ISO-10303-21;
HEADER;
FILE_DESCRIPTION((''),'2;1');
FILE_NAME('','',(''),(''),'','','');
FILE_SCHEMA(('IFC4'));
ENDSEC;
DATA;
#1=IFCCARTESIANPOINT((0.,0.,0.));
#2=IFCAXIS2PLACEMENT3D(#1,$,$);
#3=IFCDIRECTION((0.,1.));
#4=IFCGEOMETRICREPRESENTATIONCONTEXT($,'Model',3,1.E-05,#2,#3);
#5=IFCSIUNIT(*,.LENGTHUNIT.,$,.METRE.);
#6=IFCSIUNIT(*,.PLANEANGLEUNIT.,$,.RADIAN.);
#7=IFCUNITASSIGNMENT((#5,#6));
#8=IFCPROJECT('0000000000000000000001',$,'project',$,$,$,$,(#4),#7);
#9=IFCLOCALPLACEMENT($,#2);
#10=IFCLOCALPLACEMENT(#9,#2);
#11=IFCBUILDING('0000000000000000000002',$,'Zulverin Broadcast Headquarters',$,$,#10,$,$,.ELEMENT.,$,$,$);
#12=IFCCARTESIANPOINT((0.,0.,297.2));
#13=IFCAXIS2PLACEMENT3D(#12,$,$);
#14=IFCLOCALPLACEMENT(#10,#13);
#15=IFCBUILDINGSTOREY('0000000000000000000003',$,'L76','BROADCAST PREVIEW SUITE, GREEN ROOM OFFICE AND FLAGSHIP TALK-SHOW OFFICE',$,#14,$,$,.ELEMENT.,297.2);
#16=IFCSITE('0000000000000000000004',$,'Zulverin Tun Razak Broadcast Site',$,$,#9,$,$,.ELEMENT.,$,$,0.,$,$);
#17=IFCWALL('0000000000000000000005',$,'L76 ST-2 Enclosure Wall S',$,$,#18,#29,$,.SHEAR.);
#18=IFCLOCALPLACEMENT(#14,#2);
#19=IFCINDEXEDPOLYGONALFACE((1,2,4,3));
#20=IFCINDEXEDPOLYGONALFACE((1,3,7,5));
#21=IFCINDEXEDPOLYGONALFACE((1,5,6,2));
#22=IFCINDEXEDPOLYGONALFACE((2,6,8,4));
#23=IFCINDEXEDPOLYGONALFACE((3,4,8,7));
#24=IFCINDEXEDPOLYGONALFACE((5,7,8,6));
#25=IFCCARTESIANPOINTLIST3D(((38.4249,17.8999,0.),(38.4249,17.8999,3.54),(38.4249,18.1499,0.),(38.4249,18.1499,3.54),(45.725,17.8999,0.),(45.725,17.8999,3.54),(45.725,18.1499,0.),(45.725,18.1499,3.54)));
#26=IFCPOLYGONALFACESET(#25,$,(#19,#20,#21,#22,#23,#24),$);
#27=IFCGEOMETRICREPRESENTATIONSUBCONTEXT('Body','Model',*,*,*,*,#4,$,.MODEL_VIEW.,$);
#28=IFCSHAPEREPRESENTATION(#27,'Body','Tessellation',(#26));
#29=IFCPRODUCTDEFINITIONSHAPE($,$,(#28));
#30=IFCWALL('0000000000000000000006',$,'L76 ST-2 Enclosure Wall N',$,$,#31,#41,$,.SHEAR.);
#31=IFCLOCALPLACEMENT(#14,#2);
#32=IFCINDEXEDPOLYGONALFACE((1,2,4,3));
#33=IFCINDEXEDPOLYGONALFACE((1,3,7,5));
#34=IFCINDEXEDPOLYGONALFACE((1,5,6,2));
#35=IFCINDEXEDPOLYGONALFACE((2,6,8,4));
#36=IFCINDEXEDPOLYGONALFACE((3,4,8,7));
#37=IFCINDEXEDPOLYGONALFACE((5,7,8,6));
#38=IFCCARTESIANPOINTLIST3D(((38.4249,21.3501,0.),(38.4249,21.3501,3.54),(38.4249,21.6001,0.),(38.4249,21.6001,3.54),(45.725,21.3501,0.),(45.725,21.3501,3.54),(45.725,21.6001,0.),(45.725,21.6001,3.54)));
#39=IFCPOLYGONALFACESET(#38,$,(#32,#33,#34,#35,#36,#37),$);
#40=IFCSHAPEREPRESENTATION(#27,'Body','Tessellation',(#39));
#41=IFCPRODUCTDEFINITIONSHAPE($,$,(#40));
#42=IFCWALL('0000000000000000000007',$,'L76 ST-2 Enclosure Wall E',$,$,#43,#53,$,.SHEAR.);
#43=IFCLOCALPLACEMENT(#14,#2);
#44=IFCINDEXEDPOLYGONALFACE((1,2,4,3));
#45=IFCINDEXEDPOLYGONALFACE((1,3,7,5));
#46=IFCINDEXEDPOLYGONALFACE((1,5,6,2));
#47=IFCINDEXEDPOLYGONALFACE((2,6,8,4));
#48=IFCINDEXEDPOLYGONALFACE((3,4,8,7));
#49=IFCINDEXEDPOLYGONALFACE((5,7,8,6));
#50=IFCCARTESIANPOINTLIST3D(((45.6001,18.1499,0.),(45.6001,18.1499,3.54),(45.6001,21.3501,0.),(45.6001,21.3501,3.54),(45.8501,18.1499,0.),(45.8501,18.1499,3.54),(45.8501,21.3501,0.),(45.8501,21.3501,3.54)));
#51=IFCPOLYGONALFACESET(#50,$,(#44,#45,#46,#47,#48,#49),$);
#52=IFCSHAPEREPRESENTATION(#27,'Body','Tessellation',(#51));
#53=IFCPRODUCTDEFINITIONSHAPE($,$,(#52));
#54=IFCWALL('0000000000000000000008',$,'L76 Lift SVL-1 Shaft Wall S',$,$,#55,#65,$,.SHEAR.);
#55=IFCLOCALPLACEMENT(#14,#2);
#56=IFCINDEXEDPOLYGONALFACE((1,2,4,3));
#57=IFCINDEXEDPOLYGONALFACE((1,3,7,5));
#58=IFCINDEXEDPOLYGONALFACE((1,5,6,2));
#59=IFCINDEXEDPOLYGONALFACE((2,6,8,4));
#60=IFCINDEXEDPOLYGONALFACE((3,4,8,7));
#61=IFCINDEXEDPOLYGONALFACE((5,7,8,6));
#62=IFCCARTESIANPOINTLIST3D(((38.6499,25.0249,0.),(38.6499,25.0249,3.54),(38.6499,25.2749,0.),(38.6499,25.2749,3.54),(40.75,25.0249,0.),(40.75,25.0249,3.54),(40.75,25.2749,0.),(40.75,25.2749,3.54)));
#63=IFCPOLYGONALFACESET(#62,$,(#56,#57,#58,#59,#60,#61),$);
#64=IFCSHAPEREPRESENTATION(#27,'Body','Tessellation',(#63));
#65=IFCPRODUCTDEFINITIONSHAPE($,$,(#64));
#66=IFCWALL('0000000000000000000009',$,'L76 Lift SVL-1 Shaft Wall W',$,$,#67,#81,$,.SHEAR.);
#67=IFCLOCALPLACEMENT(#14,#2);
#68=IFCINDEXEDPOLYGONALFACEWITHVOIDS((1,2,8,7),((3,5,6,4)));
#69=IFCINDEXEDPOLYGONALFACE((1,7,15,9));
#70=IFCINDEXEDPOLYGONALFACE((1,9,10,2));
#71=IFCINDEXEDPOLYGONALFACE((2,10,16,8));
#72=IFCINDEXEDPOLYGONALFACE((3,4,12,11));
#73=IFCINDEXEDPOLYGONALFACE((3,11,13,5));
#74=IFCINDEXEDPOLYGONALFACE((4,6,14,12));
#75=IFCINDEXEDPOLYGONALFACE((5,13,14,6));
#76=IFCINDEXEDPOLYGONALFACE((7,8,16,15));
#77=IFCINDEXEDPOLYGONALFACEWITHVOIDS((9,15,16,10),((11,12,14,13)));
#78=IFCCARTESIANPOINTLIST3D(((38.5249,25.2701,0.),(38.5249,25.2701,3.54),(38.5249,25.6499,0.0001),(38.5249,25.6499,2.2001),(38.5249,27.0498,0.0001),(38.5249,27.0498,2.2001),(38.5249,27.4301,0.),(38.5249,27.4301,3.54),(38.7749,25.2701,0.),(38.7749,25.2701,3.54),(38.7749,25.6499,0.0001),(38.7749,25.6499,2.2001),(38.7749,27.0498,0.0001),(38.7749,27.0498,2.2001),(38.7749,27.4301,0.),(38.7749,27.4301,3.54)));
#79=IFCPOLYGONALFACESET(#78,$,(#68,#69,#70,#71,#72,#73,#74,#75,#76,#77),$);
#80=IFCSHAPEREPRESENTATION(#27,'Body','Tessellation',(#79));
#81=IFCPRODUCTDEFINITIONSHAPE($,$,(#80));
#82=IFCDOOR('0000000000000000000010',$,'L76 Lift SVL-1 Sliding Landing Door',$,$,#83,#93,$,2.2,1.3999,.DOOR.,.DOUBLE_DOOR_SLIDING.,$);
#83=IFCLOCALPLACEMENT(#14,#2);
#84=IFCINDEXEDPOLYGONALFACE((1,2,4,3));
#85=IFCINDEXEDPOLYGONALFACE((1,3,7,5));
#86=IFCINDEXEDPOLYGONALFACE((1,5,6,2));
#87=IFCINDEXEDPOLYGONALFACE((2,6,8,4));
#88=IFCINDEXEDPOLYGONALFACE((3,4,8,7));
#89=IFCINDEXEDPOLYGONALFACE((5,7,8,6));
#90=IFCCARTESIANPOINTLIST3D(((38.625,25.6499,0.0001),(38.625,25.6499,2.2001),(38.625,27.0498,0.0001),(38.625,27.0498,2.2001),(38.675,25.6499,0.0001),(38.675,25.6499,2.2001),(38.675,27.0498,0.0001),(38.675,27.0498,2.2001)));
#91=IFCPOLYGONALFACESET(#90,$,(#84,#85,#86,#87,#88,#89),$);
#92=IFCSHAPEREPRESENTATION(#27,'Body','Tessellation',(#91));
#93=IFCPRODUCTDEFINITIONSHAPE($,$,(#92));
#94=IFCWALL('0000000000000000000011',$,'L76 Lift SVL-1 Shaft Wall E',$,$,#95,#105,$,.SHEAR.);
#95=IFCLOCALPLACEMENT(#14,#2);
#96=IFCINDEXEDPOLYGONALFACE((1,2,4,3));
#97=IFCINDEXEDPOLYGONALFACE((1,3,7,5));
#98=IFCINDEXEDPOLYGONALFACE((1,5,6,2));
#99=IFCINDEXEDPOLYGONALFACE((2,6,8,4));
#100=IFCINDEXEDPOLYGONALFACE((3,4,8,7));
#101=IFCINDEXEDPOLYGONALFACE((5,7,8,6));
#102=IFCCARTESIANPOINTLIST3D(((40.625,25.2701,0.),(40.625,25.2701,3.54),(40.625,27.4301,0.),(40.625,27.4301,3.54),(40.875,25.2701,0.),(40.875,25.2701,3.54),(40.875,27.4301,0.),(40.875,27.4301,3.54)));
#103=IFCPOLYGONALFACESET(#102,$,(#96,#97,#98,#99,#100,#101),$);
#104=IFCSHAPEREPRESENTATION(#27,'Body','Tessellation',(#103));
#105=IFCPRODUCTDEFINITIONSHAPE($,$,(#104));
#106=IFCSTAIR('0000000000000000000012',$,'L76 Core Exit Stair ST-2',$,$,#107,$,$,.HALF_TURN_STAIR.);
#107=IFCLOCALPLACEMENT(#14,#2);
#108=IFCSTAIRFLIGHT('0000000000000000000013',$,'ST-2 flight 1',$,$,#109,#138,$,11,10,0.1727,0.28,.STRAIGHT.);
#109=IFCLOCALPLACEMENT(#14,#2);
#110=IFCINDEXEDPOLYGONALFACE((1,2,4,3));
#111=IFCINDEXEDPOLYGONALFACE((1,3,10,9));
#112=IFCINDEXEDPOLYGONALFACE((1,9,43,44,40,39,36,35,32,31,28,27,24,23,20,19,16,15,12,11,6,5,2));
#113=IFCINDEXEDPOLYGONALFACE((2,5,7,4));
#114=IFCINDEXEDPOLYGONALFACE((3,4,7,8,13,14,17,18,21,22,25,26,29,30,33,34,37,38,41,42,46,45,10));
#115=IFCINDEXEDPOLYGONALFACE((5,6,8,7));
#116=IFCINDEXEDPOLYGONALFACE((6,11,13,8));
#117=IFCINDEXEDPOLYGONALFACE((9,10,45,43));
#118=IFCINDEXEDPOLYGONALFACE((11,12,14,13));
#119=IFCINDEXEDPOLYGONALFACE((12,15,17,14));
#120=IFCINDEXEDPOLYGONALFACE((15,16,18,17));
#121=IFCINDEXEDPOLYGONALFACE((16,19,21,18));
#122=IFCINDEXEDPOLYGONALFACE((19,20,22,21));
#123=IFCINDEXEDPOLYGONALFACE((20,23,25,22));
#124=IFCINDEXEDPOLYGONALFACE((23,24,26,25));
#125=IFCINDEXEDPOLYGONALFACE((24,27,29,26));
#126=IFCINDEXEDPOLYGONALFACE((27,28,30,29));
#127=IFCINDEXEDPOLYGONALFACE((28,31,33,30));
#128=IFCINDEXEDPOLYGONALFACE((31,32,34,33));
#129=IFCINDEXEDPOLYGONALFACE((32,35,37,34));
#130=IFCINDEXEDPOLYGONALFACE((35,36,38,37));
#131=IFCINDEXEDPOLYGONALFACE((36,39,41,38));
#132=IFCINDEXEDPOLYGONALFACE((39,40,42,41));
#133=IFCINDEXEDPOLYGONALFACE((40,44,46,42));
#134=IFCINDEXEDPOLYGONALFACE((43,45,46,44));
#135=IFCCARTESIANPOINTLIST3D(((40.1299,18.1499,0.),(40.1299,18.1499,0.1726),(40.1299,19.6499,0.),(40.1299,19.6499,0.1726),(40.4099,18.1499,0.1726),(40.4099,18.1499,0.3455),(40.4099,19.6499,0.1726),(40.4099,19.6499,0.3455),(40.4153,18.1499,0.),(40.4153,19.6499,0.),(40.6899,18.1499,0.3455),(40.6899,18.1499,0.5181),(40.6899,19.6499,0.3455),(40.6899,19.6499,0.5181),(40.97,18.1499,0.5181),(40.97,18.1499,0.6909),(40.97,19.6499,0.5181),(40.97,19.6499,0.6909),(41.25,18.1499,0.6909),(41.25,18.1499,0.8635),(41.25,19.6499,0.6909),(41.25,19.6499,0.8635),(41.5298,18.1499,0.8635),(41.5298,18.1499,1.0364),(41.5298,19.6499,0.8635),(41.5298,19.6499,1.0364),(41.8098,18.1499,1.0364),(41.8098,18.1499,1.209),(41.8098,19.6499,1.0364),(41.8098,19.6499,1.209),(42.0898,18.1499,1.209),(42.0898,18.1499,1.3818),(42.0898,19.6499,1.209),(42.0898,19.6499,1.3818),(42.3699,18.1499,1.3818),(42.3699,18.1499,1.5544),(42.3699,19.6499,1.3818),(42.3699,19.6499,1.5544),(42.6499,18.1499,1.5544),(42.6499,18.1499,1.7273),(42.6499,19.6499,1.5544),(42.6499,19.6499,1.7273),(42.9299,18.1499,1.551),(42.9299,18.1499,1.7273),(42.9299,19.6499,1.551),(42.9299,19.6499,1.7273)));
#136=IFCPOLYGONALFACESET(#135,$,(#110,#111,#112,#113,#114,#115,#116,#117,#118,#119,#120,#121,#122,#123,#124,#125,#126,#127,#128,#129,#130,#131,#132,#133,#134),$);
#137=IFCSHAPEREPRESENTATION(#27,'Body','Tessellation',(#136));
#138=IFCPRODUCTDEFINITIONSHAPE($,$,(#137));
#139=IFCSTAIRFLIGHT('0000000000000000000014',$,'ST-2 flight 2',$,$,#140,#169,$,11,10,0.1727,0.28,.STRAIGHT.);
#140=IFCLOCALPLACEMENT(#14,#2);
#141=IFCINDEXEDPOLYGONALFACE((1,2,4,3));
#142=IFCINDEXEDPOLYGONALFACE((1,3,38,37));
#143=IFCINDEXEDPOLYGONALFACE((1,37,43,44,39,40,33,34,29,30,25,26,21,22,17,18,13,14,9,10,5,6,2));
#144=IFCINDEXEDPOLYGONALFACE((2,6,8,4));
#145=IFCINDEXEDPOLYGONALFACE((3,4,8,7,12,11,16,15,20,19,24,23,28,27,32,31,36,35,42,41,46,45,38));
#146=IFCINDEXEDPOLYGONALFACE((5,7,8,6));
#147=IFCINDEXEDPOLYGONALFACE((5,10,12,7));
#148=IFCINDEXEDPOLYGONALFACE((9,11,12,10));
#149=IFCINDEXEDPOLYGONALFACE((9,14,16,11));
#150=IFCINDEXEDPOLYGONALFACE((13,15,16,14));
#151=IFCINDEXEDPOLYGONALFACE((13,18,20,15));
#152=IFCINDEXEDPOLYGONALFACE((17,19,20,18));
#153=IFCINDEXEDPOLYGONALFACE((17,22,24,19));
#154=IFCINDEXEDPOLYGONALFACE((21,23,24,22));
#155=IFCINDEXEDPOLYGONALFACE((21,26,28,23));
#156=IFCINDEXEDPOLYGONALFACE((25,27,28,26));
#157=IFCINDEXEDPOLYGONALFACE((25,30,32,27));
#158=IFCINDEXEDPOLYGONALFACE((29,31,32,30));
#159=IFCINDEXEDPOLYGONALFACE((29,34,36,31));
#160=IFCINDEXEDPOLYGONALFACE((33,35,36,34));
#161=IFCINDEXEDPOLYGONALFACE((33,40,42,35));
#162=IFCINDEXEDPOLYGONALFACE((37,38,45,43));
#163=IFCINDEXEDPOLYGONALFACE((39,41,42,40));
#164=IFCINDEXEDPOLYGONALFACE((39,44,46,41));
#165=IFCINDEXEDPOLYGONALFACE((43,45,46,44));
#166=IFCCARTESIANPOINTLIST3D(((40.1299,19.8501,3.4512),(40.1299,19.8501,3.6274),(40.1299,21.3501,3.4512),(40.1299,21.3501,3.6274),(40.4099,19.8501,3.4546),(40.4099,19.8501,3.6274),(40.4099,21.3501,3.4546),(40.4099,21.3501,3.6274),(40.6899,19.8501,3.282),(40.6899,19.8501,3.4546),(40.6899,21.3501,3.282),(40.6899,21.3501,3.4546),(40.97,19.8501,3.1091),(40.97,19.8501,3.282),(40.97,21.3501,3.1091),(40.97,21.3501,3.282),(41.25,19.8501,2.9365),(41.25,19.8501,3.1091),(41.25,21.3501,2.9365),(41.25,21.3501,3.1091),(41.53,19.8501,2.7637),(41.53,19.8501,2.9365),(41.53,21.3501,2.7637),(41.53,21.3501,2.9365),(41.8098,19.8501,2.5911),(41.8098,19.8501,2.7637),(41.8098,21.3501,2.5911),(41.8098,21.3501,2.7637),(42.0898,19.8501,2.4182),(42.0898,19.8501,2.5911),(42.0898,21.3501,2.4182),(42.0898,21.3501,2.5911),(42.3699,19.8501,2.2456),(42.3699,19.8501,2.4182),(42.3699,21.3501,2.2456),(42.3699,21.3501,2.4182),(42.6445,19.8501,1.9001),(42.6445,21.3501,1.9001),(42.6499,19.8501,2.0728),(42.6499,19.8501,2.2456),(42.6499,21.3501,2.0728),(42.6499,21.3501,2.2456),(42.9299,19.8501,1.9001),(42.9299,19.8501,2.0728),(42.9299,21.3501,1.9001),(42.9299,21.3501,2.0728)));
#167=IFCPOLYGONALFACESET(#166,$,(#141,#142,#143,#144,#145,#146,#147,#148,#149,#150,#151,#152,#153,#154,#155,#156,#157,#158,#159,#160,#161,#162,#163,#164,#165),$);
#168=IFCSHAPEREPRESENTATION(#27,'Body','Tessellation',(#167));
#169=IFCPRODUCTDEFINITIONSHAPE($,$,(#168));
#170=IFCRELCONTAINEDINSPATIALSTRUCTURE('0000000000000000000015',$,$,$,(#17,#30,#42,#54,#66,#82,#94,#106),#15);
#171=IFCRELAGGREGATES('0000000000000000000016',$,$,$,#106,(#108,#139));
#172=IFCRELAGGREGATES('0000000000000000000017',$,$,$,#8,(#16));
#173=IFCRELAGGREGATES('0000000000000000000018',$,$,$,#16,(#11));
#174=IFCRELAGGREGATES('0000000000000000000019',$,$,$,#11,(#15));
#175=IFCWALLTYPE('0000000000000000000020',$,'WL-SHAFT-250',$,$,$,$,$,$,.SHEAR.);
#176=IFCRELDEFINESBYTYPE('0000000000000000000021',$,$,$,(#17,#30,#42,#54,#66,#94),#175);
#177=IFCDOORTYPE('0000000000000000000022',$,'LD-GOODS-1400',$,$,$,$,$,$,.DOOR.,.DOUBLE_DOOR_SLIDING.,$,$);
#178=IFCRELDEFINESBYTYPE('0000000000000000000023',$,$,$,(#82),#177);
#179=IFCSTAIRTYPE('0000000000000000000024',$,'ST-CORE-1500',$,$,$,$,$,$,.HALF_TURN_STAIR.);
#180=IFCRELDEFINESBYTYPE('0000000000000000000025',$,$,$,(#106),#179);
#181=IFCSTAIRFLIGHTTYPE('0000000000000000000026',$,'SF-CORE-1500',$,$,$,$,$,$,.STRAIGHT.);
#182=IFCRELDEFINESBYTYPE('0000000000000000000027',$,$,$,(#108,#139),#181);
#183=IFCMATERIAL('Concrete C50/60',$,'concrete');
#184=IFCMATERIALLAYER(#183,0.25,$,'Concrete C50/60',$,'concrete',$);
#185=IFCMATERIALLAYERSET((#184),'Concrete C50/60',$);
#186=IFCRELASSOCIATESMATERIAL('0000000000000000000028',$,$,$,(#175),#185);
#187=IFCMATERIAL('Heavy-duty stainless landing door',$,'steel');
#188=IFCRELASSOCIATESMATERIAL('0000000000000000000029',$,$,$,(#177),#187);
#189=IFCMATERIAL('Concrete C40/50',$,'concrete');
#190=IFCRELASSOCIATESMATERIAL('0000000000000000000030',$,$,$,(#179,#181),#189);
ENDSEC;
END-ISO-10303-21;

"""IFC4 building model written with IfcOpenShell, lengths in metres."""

from ifc_helpers import new_model, si_unit, direction, frame, frame_2d, origin, place, context, subcontext, project, spatial, polyline, rectangle, outline, extrude, material, layer, layer_set, type_object, element, fill, aggregate, save


model = new_model("IFC4")

# Units and contexts
model_context = context("Model", 3, precision=1e-05, world=origin(), true_north=direction((0.0, 1.0)))
body_context = subcontext(model_context, "Body", "Model", "MODEL_VIEW")
ifc_project = project(units=[si_unit("LENGTHUNIT", "METRE"), si_unit("PLANEANGLEUNIT", "RADIAN")], contexts=[model_context])

# Site, building, storey
site_placement = place(None, origin())
site = spatial("IfcSite", under=ifc_project, at=site_placement, Name="Zulverin Tun Razak Broadcast Site", CompositionType="ELEMENT", RefElevation=0.0)
building_placement = place(site_placement, origin())
building = spatial("IfcBuilding", under=site, at=building_placement, Name="Zulverin Broadcast Headquarters", CompositionType="ELEMENT")
storey_placement = place(building_placement, frame((0.0, 0.0, 297.2)))
storey = spatial("IfcBuildingStorey", under=building, at=storey_placement, Name="L76", Description="BROADCAST PREVIEW SUITE, GREEN ROOM OFFICE AND FLAGSHIP TALK-SHOW OFFICE", CompositionType="ELEMENT", Elevation=297.2)

# Shared definitions
ifc_material_1 = material(Name="Concrete C50/60", Category="concrete")

# Shared definitions
ifc_material_2 = material(Name="Concrete C40/50", Category="concrete")

# Walls
ifc_layer_1 = layer(ifc_material_1, 0.25, Name="Concrete C50/60", Category="concrete")
ifc_layer_set_1 = layer_set([ifc_layer_1], Name="Concrete C50/60")
wall_type_1 = type_object("IfcWallType", Name="WL-SHAFT-250", PredefinedType="SHEAR", material=ifc_layer_set_1)
for number, where, z_axis, x_axis, name in (
    (1, (38.425, 18.0249, 0.0), (0.0, 0.0, 1.0), (1.0, 0.0, 0.0), "L76 ST-2 Enclosure Wall S"),
    (2, (38.425, 21.4751, 0.0), (0.0, 0.0, 1.0), (1.0, 0.0, 0.0), "L76 ST-2 Enclosure Wall N"),
):
    element("IfcWall", number, at=place(storey_placement, frame(where, z_axis=z_axis, x_axis=x_axis)), inside=storey, type_object=wall_type_1, Name=name, PredefinedType="SHEAR", context=body_context, shape_type="SweptSolid", body=[
        extrude(rectangle(XDim=7.3, YDim=0.25, at=frame_2d((3.6499, 0.0))), origin(), (0.0, 0.0, 1.0), 3.54),
    ])

# Wall
wall_1_placement = place(storey_placement, frame((45.7251, 18.1499, 0.0), z_axis=(0.0, 0.0, 1.0), x_axis=(0.0, 1.0, 0.0)))
element("IfcWall", 3, at=wall_1_placement, inside=storey, type_object=wall_type_1, Name="L76 ST-2 Enclosure Wall E", PredefinedType="SHEAR", context=body_context, shape_type="SweptSolid", body=[
    extrude(rectangle(XDim=3.2002, YDim=0.25, at=frame_2d((1.6001, 0.0))), origin(), (0.0, 0.0, 1.0), 3.54),
])

# Wall
wall_2_placement = place(storey_placement, frame((38.6499, 25.1499, 0.0), z_axis=(0.0, 0.0, 1.0), x_axis=(1.0, 0.0, 0.0)))
element("IfcWall", 4, at=wall_2_placement, inside=storey, type_object=wall_type_1, Name="L76 Lift SVL-1 Shaft Wall S", PredefinedType="SHEAR", context=body_context, shape_type="SweptSolid", body=[
    extrude(rectangle(XDim=2.1001, YDim=0.25, at=frame_2d((1.05, 0.0))), origin(), (0.0, 0.0, 1.0), 3.54),
])

# Wall, opening, door
wall_3_placement = place(storey_placement, frame((38.6499, 25.27, 0.0), z_axis=(0.0, 0.0, 1.0), x_axis=(0.0, 1.0, 0.0)))
wall_3 = element("IfcWall", 5, at=wall_3_placement, inside=storey, type_object=wall_type_1, Name="L76 Lift SVL-1 Shaft Wall W", PredefinedType="SHEAR", context=body_context, shape_type="SweptSolid", body=[
    extrude(rectangle(XDim=2.1599, YDim=0.25, at=frame_2d((1.0801, 0.0))), origin(), (0.0, 0.0, 1.0), 3.54),
])
opening_1_placement = place(wall_3_placement, frame((0.3799, 0.0, 0.0)))
opening_1 = element("IfcOpeningElement", 6, at=opening_1_placement, cuts=wall_3, PredefinedType="OPENING", context=body_context, shape_type="SweptSolid", body=[
    extrude(rectangle(XDim=1.3999, YDim=2.2, at=frame_2d((0.7, 1.1001))), frame((0.0, 0.135, 0.0), z_axis=(0.0, -1.0, 0.0), x_axis=(1.0, 0.0, 0.0)), (0.0, 0.0, 1.0), 0.27),
])
ifc_material_3 = material(Name="Heavy-duty stainless landing door", Category="steel")
door_type_1 = type_object("IfcDoorType", Name="LD-GOODS-1400", OperationType="DOUBLE_DOOR_SLIDING", PredefinedType="DOOR", material=ifc_material_3)
door_1_placement = place(opening_1_placement, origin())
door_1 = element("IfcDoor", 7, at=door_1_placement, inside=storey, type_object=door_type_1, Name="L76 Lift SVL-1 Sliding Landing Door", OperationType="DOUBLE_DOOR_SLIDING", OverallHeight=2.2, OverallWidth=1.3999, PredefinedType="DOOR", context=body_context, shape_type="SweptSolid", body=[
    extrude(rectangle(XDim=1.3999, YDim=2.2, at=frame_2d((0.7, 1.1001))), frame((0.0, 0.0249, 0.0), z_axis=(0.0, -1.0, 0.0), x_axis=(1.0, 0.0, 0.0)), (0.0, 0.0, 1.0), 0.05),
])
fill(opening_1, door_1)

# Wall
wall_4_placement = place(storey_placement, frame((40.75, 25.27, 0.0), z_axis=(0.0, 0.0, 1.0), x_axis=(0.0, 1.0, 0.0)))
element("IfcWall", 8, at=wall_4_placement, inside=storey, type_object=wall_type_1, Name="L76 Lift SVL-1 Shaft Wall E", PredefinedType="SHEAR", context=body_context, shape_type="SweptSolid", body=[
    extrude(rectangle(XDim=2.1599, YDim=0.25, at=frame_2d((1.0801, 0.0))), origin(), (0.0, 0.0, 1.0), 3.54),
])

# Stair, stair flights
stair_type = type_object("IfcStairType", Name="ST-CORE-1500", PredefinedType="HALF_TURN_STAIR", material=ifc_material_2)
stair_placement = place(storey_placement, origin())
stair = element("IfcStair", 9, at=stair_placement, inside=storey, type_object=stair_type, Name="L76 Core Exit Stair ST-2", PredefinedType="HALF_TURN_STAIR")
stair_flight_type = type_object("IfcStairFlightType", Name="SF-CORE-1500", PredefinedType="STRAIGHT", material=ifc_material_2)
stair_flight_1_placement = place(storey_placement, frame((40.1299, 18.8999, 0.0), z_axis=(0.0, 0.0, 1.0), x_axis=(1.0, 0.0, 0.0)))
stair_flight_1 = element("IfcStairFlight", 10, at=stair_flight_1_placement, type_object=stair_flight_type, Name="ST-2 flight 1", NumberOfRisers=11, NumberOfTreads=10, PredefinedType="STRAIGHT", RiserHeight=0.1727, TreadLength=0.28, context=body_context, shape_type="SweptSolid", body=[
    extrude(outline(polyline([(0.0, 0.0), (0.0, 0.1726), (0.28, 0.1726), (0.28, 0.3455), (0.5601, 0.3455), (0.5601, 0.5181), (0.8401, 0.5181), (0.8401, 0.6909), (1.1201, 0.6909), (1.1201, 0.8635), (1.3999, 0.8635), (1.3999, 1.0364), (1.6799, 1.0364), (1.6799, 1.209), (1.96, 1.209), (1.96, 1.3818), (2.24, 1.3818), (2.24, 1.5544), (2.52, 1.5544), (2.52, 1.7273), (2.8, 1.7273), (2.8, 1.8999), (2.8, 1.551), (0.2854, 0.0), (0.0, 0.0)])), frame((0.0, 0.75, 0.0), z_axis=(0.0, -1.0, 0.0), x_axis=(1.0, 0.0, 0.0)), (0.0, 0.0, 1.0), 1.5),
])
stair_flight_2_placement = place(storey_placement, frame((42.9299, 20.6001, 1.9001), z_axis=(0.0, 0.0, 1.0), x_axis=(-1.0, 0.0, 0.0)))
stair_flight_2 = element("IfcStairFlight", 11, at=stair_flight_2_placement, type_object=stair_flight_type, Name="ST-2 flight 2", NumberOfRisers=11, NumberOfTreads=10, PredefinedType="STRAIGHT", RiserHeight=0.1727, TreadLength=0.28, context=body_context, shape_type="SweptSolid", body=[
    extrude(outline(polyline([(0.0, 0.0), (0.0, 0.1726), (0.28, 0.1726), (0.28, 0.3455), (0.5601, 0.3455), (0.5601, 0.5181), (0.8401, 0.5181), (0.8401, 0.6909), (1.1201, 0.6909), (1.1201, 0.8635), (1.3999, 0.8635), (1.3999, 1.0364), (1.6799, 1.0364), (1.6799, 1.209), (1.96, 1.209), (1.96, 1.3818), (2.24, 1.3818), (2.24, 1.5544), (2.52, 1.5544), (2.52, 1.7273), (2.8, 1.7273), (2.8, 1.8999), (2.8, 1.551), (0.2854, 0.0), (0.0, 0.0)])), frame((0.0, 0.75, 0.0), z_axis=(0.0, -1.0, 0.0), x_axis=(1.0, 0.0, 0.0)), (0.0, 0.0, 1.0), 1.5),
])
aggregate(stair, [stair_flight_1, stair_flight_2])

save(model, "model.ifc")
